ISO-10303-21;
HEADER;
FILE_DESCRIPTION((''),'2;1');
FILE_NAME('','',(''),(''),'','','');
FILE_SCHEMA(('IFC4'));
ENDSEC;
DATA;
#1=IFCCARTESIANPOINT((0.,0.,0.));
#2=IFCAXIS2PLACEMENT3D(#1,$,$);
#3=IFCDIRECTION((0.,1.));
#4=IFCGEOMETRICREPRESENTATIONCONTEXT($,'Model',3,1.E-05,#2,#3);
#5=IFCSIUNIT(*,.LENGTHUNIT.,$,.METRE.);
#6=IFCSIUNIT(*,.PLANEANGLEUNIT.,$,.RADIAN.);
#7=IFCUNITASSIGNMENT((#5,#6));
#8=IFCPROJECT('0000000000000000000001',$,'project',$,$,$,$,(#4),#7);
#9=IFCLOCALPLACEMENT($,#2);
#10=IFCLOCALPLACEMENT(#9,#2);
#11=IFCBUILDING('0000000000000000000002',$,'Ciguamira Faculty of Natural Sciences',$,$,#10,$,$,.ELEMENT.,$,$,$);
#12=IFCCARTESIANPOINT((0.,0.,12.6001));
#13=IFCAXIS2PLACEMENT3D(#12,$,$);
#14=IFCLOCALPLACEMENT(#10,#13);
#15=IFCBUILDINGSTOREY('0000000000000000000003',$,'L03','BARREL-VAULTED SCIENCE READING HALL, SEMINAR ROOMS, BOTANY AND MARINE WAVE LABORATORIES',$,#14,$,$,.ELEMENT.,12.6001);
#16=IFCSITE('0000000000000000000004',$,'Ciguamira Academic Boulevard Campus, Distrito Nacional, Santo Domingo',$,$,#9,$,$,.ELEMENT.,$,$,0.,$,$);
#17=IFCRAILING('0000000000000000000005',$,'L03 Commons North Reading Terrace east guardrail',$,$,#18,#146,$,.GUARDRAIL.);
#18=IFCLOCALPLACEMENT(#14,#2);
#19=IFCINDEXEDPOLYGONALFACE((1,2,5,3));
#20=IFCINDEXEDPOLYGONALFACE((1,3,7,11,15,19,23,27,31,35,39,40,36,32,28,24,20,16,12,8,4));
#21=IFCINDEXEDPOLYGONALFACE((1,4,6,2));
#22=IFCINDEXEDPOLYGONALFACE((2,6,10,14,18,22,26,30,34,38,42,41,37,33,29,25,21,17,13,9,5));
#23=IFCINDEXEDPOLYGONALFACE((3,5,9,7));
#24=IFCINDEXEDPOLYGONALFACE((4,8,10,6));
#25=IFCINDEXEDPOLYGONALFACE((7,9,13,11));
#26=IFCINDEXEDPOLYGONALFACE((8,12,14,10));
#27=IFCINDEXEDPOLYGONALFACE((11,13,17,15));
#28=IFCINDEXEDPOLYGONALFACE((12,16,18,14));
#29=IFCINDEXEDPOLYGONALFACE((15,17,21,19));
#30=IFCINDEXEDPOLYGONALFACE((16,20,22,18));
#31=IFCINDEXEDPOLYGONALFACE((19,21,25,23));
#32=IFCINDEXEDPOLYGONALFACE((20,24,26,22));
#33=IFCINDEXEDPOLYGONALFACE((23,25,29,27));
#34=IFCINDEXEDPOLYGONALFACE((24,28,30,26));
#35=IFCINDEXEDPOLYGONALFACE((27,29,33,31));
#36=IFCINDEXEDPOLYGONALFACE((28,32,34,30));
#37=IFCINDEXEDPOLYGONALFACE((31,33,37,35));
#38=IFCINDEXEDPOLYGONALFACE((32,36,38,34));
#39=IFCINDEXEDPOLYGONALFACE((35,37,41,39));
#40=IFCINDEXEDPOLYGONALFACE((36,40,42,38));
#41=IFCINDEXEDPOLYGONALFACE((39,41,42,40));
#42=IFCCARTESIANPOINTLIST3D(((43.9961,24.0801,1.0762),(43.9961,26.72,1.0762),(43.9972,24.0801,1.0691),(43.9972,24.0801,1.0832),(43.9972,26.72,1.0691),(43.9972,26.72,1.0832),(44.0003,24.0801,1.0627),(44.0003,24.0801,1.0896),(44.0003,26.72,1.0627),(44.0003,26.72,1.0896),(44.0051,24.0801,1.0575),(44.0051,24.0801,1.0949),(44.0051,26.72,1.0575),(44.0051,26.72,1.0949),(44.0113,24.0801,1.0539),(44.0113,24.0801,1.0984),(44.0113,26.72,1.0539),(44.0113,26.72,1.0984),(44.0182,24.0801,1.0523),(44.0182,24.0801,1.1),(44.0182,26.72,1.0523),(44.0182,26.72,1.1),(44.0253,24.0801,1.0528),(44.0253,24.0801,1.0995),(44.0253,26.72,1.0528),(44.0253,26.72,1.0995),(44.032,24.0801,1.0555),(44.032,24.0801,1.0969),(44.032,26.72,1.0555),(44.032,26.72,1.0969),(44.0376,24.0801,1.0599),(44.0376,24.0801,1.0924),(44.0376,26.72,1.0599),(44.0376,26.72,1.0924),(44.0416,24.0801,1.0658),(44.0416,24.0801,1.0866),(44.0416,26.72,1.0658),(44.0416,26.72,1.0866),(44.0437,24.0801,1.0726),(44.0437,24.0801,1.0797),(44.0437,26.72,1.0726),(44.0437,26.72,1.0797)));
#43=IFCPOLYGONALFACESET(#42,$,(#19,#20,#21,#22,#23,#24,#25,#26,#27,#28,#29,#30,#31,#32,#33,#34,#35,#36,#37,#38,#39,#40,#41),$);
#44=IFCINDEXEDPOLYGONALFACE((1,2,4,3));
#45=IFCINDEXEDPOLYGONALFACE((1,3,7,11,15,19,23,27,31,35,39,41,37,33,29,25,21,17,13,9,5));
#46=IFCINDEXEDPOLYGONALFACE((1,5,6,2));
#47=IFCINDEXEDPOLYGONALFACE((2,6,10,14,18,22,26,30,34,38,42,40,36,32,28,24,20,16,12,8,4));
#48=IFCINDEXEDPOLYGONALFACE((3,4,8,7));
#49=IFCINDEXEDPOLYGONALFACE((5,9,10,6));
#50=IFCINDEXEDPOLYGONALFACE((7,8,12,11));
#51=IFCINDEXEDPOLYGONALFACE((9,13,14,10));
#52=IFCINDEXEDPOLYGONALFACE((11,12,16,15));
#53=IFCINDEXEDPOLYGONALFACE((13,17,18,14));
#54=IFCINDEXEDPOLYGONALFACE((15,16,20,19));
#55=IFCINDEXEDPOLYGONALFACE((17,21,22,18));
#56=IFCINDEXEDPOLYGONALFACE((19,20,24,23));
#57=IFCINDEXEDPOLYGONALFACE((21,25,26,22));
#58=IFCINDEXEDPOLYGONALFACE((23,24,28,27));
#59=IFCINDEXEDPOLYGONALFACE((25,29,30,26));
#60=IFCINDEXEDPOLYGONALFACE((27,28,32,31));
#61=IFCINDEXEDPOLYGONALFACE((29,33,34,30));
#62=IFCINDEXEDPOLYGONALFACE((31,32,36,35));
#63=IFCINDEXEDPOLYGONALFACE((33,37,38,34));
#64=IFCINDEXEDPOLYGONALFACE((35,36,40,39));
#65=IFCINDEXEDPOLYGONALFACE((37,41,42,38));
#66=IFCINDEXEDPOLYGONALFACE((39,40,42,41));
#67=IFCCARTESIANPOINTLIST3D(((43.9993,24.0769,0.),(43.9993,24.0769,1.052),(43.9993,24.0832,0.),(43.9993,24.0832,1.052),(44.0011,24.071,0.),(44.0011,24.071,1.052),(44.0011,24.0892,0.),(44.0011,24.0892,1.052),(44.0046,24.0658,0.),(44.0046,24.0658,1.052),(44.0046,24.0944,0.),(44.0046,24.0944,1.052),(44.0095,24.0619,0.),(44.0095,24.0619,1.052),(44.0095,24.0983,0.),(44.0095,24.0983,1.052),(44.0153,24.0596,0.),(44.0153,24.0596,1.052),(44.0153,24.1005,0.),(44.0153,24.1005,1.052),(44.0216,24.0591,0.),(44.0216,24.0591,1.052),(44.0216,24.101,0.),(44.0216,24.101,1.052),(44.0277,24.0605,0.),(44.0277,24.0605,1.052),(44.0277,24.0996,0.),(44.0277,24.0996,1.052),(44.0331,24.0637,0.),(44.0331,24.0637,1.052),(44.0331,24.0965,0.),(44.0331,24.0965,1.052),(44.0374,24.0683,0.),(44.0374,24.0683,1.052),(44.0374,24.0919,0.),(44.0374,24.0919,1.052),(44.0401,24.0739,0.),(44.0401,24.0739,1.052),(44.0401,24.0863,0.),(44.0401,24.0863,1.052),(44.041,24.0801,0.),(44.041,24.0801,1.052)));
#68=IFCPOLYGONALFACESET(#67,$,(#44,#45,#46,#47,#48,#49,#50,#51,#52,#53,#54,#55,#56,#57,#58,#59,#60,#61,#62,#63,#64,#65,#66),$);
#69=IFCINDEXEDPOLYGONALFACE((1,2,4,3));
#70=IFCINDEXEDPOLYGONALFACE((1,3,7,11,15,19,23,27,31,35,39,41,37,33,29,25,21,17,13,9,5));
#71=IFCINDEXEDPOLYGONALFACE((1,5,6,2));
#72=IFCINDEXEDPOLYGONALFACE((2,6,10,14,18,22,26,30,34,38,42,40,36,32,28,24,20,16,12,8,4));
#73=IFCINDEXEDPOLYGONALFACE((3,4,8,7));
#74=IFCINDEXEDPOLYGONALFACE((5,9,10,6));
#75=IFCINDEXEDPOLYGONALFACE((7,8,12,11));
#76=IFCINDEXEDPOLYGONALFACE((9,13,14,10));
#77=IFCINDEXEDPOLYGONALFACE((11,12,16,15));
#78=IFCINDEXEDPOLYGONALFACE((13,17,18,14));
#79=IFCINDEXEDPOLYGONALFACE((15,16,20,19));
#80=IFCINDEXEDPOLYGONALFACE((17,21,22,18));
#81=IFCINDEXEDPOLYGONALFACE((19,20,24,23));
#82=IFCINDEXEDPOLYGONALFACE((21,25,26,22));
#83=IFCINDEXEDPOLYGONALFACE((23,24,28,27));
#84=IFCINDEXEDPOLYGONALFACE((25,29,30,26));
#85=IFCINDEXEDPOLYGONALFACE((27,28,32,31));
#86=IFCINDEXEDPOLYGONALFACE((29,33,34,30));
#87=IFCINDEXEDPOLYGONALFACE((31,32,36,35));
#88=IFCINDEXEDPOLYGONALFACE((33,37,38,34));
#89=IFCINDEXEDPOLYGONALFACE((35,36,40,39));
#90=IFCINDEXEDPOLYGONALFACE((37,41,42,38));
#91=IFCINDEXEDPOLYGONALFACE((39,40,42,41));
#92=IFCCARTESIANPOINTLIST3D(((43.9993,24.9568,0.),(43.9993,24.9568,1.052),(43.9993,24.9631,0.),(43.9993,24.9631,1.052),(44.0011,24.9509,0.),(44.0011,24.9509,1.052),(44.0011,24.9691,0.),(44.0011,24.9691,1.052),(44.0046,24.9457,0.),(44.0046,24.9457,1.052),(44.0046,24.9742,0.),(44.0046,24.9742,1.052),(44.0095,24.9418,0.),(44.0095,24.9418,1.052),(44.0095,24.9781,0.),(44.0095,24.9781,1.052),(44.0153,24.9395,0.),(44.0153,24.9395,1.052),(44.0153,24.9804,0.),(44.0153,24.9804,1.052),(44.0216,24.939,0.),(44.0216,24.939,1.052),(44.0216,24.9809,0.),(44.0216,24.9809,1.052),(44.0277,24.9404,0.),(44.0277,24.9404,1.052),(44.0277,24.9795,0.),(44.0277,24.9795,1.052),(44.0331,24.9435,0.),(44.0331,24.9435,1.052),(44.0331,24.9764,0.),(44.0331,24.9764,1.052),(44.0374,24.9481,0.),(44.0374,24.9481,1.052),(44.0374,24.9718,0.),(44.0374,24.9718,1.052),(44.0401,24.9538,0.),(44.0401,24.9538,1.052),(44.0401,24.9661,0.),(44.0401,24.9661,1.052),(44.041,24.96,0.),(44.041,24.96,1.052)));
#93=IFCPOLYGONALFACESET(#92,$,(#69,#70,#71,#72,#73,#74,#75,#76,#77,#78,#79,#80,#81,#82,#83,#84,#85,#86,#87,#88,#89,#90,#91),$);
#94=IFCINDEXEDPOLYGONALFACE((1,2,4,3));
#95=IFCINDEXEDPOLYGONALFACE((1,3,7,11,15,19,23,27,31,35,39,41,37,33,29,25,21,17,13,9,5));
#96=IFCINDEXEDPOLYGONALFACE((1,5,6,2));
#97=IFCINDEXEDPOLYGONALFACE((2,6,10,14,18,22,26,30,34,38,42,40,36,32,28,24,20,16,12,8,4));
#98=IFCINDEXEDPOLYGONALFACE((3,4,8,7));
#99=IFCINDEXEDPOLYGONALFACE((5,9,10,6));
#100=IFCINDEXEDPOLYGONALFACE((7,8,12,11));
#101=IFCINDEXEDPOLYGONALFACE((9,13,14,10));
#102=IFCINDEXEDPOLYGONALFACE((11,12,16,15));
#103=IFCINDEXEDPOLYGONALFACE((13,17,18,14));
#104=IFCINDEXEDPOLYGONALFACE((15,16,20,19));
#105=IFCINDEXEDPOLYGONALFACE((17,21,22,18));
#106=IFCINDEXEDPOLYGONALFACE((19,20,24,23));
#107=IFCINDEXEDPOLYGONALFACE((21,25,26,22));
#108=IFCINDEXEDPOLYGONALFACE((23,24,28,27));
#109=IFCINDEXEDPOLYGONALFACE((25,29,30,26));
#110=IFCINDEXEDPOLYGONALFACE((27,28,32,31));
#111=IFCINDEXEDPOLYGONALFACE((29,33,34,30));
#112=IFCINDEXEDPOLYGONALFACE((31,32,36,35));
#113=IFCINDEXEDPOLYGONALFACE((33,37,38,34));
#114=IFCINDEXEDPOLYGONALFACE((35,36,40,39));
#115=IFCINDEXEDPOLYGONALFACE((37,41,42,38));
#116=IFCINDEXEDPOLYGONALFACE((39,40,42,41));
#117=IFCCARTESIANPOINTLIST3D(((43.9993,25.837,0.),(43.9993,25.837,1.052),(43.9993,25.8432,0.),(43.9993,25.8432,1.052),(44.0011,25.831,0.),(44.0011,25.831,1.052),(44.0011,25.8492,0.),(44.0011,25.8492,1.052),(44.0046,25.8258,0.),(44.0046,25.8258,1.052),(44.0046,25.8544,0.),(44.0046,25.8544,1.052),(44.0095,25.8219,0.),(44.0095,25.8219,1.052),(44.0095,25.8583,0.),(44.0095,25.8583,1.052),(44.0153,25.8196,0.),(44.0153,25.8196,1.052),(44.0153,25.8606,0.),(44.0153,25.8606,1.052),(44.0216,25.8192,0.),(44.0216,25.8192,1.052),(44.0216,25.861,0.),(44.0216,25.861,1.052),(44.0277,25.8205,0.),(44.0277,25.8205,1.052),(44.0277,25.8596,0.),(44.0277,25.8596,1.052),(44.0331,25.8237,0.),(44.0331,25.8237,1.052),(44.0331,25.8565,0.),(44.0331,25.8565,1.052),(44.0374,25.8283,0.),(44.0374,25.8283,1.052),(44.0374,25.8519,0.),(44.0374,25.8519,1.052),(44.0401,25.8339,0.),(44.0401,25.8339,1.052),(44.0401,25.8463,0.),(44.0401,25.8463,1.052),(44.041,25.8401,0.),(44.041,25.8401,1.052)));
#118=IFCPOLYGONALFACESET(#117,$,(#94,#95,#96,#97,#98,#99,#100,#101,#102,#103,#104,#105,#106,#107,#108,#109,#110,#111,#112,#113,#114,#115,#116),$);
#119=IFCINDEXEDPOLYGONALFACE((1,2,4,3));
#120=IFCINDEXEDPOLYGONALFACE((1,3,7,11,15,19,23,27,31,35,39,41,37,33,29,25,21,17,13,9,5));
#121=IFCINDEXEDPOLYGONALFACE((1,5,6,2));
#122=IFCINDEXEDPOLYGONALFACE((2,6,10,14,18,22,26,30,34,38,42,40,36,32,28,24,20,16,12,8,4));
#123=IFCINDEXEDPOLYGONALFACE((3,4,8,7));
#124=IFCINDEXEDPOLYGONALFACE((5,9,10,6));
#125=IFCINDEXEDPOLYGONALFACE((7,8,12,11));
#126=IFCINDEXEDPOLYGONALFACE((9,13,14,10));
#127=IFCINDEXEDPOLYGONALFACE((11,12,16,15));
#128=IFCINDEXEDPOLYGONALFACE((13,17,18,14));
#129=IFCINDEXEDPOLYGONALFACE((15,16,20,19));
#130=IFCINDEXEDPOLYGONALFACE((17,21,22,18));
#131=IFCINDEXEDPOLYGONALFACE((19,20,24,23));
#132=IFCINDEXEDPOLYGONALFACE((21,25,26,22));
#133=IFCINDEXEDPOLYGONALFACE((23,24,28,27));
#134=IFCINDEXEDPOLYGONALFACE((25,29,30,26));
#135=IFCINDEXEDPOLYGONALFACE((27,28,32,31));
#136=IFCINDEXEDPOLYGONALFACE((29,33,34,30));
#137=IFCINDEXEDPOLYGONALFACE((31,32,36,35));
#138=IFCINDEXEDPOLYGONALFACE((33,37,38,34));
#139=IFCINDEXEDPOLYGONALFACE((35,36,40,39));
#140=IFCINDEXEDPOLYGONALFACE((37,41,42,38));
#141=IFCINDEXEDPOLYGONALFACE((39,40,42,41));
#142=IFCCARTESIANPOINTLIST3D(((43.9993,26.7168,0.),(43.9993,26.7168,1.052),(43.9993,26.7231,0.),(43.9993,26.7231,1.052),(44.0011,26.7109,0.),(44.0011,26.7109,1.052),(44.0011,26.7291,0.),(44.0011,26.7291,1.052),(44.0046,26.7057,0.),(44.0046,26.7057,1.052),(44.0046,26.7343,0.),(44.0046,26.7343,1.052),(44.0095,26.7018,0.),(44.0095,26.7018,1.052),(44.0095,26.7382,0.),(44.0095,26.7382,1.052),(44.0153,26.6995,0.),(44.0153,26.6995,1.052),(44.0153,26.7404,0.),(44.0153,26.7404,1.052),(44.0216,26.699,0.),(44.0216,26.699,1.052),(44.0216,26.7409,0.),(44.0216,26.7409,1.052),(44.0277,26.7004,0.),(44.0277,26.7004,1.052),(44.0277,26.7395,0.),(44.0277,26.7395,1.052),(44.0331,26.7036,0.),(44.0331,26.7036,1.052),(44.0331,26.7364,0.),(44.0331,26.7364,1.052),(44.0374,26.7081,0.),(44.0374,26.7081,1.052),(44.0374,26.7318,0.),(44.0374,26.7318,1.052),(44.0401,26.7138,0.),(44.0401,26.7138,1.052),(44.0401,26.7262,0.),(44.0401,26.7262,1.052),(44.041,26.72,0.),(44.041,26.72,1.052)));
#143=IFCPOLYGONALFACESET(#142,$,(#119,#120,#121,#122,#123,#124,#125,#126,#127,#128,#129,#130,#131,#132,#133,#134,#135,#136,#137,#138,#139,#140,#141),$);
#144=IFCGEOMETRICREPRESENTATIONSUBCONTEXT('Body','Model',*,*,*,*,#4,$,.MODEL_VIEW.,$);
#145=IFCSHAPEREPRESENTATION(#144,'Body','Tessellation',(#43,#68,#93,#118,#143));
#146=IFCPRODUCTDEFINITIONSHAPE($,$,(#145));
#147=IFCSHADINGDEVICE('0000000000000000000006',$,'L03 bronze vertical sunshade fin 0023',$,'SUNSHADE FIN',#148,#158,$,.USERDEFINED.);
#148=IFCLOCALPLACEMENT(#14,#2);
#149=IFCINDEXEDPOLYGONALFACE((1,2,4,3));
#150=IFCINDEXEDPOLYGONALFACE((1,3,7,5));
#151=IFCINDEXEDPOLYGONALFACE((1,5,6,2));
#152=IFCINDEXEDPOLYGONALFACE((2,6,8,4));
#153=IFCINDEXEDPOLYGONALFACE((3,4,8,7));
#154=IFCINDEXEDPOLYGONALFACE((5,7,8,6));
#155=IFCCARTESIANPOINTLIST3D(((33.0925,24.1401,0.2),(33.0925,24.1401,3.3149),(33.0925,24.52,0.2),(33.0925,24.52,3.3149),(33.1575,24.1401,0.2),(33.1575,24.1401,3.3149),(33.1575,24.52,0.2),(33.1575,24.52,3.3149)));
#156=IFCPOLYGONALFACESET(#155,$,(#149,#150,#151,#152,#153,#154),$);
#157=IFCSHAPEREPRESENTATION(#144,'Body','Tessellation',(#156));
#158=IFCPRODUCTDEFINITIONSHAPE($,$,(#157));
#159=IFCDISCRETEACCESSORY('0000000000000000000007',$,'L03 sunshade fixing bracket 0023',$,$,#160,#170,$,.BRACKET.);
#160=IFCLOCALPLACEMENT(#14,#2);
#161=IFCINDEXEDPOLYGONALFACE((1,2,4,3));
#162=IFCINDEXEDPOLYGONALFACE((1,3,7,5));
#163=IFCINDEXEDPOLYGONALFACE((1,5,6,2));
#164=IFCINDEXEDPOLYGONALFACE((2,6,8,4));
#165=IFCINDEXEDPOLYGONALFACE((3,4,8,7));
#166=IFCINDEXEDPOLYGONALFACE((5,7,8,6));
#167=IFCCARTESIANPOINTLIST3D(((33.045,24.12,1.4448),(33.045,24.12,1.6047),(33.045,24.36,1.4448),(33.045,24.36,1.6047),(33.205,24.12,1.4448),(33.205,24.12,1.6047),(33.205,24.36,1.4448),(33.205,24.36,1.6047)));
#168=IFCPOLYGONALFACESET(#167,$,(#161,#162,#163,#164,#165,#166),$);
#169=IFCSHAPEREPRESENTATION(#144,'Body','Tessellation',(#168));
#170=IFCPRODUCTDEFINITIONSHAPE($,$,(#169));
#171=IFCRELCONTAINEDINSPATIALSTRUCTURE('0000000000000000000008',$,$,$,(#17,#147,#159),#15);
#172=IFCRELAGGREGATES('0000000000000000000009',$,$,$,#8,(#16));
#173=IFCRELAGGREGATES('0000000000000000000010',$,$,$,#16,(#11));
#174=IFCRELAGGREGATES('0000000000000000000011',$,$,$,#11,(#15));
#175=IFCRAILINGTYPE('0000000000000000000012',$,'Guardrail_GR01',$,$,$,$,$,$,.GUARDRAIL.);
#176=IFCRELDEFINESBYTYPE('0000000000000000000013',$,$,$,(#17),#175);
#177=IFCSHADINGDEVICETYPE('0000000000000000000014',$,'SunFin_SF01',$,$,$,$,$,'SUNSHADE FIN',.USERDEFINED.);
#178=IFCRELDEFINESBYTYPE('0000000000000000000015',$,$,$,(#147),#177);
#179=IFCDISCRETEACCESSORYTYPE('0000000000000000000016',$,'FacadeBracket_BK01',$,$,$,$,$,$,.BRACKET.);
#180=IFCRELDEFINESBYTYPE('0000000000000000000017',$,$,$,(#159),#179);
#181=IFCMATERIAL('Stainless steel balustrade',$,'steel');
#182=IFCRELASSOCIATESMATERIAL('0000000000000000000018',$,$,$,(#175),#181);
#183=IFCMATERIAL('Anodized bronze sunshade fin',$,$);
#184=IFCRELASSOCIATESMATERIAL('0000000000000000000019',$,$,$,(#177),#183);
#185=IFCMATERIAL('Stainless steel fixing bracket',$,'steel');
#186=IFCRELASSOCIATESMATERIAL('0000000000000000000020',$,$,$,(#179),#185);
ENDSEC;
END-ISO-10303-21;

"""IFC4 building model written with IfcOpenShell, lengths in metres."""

from ifc_helpers import new_model, si_unit, direction, frame, origin, origin_2d, place, context, subcontext, project, spatial, rectangle, circle, extrude, material, material_profile, profile_set, type_object, element, save


model = new_model("IFC4")

# Units and contexts
model_context = context("Model", 3, precision=1e-05, world=origin(), true_north=direction((0.0, 1.0)))
body_context = subcontext(model_context, "Body", "Model", "MODEL_VIEW")
ifc_project = project(units=[si_unit("LENGTHUNIT", "METRE"), si_unit("PLANEANGLEUNIT", "RADIAN")], contexts=[model_context])

# Site, building, storey
site_placement = place(None, origin())
site = spatial("IfcSite", under=ifc_project, at=site_placement, Name="Ciguamira Academic Boulevard Campus, Distrito Nacional, Santo Domingo", CompositionType="ELEMENT", RefElevation=0.0)
building_placement = place(site_placement, origin())
building = spatial("IfcBuilding", under=site, at=building_placement, Name="Ciguamira Faculty of Natural Sciences", CompositionType="ELEMENT")
storey_placement = place(building_placement, frame((0.0, 0.0, 12.6001)))
storey = spatial("IfcBuildingStorey", under=building, at=storey_placement, Name="L03", Description="BARREL-VAULTED SCIENCE READING HALL, SEMINAR ROOMS, BOTANY AND MARINE WAVE LABORATORIES", CompositionType="ELEMENT", Elevation=12.6001)

# Railing
ifc_material_1 = material(Name="Stainless steel balustrade", Category="steel")
railing_type = type_object("IfcRailingType", Name="Guardrail_GR01", PredefinedType="GUARDRAIL", material=ifc_material_1)
railing_placement = place(storey_placement, frame((44.02, 24.0801, 0.0)))
element("IfcRailing", 1, at=railing_placement, inside=storey, type_object=railing_type, Name="L03 Commons North Reading Terrace east guardrail", PredefinedType="GUARDRAIL", context=body_context, shape_type="SweptSolid", body=[
    extrude(circle(Radius=0.0239, at=origin_2d()), frame((0.0, 0.0, 1.0762), z_axis=(0.0, 1.0, 0.0), x_axis=(-1.0, 0.0, 0.0)), (0.0, 0.0, 1.0), 2.6399),
    extrude(circle(Radius=0.021, at=origin_2d()), origin(), (0.0, 0.0, 1.0), 1.052),
    extrude(circle(Radius=0.021, at=origin_2d()), frame((0.0, 0.8799, 0.0)), (0.0, 0.0, 1.0), 1.052),
    extrude(circle(Radius=0.021, at=origin_2d()), frame((0.0, 1.76, 0.0)), (0.0, 0.0, 1.0), 1.052),
    extrude(circle(Radius=0.021, at=origin_2d()), frame((0.0, 2.6399, 0.0)), (0.0, 0.0, 1.0), 1.052),
])

# Shading device
ifc_material_2 = material(Name="Anodized bronze sunshade fin")
ifc_material_profile_1 = material_profile(ifc_material_2, rectangle(XDim=0.0649, YDim=0.3799, at=origin_2d()), Name="BRZ-FIN-65X380")
ifc_profile_set_1 = profile_set([ifc_material_profile_1], Name="Anodized bronze sunshade fin")
shading_device_type = type_object("IfcShadingDeviceType", Name="SunFin_SF01", ElementType="SUNSHADE FIN", PredefinedType="USERDEFINED", material=ifc_profile_set_1)
shading_device_placement = place(storey_placement, frame((33.125, 24.3301, 0.2), z_axis=(0.0, 0.0, 1.0), x_axis=(1.0, 0.0, 0.0)))
element("IfcShadingDevice", 2, at=shading_device_placement, inside=storey, type_object=shading_device_type, Name="L03 bronze vertical sunshade fin 0023", ObjectType="SUNSHADE FIN", PredefinedType="USERDEFINED", context=body_context, shape_type="SweptSolid", body=[
    extrude(rectangle(XDim=0.0649, YDim=0.3799, at=origin_2d()), origin(), (0.0, 0.0, 1.0), 3.115),
])

# Discrete accessory
ifc_material_3 = material(Name="Stainless steel fixing bracket", Category="steel")
discrete_accessory_type = type_object("IfcDiscreteAccessoryType", Name="FacadeBracket_BK01", PredefinedType="BRACKET", material=ifc_material_3)
discrete_accessory_placement = place(storey_placement, frame((33.125, 24.24, 1.4448), z_axis=(0.0, 0.0, 1.0), x_axis=(1.0, 0.0, 0.0)))
element("IfcDiscreteAccessory", 3, at=discrete_accessory_placement, inside=storey, type_object=discrete_accessory_type, Name="L03 sunshade fixing bracket 0023", PredefinedType="BRACKET", context=body_context, shape_type="SweptSolid", body=[
    extrude(rectangle(XDim=0.1599, YDim=0.24, at=origin_2d()), origin(), (0.0, 0.0, 1.0), 0.1599),
])

save(model, "model.ifc")
